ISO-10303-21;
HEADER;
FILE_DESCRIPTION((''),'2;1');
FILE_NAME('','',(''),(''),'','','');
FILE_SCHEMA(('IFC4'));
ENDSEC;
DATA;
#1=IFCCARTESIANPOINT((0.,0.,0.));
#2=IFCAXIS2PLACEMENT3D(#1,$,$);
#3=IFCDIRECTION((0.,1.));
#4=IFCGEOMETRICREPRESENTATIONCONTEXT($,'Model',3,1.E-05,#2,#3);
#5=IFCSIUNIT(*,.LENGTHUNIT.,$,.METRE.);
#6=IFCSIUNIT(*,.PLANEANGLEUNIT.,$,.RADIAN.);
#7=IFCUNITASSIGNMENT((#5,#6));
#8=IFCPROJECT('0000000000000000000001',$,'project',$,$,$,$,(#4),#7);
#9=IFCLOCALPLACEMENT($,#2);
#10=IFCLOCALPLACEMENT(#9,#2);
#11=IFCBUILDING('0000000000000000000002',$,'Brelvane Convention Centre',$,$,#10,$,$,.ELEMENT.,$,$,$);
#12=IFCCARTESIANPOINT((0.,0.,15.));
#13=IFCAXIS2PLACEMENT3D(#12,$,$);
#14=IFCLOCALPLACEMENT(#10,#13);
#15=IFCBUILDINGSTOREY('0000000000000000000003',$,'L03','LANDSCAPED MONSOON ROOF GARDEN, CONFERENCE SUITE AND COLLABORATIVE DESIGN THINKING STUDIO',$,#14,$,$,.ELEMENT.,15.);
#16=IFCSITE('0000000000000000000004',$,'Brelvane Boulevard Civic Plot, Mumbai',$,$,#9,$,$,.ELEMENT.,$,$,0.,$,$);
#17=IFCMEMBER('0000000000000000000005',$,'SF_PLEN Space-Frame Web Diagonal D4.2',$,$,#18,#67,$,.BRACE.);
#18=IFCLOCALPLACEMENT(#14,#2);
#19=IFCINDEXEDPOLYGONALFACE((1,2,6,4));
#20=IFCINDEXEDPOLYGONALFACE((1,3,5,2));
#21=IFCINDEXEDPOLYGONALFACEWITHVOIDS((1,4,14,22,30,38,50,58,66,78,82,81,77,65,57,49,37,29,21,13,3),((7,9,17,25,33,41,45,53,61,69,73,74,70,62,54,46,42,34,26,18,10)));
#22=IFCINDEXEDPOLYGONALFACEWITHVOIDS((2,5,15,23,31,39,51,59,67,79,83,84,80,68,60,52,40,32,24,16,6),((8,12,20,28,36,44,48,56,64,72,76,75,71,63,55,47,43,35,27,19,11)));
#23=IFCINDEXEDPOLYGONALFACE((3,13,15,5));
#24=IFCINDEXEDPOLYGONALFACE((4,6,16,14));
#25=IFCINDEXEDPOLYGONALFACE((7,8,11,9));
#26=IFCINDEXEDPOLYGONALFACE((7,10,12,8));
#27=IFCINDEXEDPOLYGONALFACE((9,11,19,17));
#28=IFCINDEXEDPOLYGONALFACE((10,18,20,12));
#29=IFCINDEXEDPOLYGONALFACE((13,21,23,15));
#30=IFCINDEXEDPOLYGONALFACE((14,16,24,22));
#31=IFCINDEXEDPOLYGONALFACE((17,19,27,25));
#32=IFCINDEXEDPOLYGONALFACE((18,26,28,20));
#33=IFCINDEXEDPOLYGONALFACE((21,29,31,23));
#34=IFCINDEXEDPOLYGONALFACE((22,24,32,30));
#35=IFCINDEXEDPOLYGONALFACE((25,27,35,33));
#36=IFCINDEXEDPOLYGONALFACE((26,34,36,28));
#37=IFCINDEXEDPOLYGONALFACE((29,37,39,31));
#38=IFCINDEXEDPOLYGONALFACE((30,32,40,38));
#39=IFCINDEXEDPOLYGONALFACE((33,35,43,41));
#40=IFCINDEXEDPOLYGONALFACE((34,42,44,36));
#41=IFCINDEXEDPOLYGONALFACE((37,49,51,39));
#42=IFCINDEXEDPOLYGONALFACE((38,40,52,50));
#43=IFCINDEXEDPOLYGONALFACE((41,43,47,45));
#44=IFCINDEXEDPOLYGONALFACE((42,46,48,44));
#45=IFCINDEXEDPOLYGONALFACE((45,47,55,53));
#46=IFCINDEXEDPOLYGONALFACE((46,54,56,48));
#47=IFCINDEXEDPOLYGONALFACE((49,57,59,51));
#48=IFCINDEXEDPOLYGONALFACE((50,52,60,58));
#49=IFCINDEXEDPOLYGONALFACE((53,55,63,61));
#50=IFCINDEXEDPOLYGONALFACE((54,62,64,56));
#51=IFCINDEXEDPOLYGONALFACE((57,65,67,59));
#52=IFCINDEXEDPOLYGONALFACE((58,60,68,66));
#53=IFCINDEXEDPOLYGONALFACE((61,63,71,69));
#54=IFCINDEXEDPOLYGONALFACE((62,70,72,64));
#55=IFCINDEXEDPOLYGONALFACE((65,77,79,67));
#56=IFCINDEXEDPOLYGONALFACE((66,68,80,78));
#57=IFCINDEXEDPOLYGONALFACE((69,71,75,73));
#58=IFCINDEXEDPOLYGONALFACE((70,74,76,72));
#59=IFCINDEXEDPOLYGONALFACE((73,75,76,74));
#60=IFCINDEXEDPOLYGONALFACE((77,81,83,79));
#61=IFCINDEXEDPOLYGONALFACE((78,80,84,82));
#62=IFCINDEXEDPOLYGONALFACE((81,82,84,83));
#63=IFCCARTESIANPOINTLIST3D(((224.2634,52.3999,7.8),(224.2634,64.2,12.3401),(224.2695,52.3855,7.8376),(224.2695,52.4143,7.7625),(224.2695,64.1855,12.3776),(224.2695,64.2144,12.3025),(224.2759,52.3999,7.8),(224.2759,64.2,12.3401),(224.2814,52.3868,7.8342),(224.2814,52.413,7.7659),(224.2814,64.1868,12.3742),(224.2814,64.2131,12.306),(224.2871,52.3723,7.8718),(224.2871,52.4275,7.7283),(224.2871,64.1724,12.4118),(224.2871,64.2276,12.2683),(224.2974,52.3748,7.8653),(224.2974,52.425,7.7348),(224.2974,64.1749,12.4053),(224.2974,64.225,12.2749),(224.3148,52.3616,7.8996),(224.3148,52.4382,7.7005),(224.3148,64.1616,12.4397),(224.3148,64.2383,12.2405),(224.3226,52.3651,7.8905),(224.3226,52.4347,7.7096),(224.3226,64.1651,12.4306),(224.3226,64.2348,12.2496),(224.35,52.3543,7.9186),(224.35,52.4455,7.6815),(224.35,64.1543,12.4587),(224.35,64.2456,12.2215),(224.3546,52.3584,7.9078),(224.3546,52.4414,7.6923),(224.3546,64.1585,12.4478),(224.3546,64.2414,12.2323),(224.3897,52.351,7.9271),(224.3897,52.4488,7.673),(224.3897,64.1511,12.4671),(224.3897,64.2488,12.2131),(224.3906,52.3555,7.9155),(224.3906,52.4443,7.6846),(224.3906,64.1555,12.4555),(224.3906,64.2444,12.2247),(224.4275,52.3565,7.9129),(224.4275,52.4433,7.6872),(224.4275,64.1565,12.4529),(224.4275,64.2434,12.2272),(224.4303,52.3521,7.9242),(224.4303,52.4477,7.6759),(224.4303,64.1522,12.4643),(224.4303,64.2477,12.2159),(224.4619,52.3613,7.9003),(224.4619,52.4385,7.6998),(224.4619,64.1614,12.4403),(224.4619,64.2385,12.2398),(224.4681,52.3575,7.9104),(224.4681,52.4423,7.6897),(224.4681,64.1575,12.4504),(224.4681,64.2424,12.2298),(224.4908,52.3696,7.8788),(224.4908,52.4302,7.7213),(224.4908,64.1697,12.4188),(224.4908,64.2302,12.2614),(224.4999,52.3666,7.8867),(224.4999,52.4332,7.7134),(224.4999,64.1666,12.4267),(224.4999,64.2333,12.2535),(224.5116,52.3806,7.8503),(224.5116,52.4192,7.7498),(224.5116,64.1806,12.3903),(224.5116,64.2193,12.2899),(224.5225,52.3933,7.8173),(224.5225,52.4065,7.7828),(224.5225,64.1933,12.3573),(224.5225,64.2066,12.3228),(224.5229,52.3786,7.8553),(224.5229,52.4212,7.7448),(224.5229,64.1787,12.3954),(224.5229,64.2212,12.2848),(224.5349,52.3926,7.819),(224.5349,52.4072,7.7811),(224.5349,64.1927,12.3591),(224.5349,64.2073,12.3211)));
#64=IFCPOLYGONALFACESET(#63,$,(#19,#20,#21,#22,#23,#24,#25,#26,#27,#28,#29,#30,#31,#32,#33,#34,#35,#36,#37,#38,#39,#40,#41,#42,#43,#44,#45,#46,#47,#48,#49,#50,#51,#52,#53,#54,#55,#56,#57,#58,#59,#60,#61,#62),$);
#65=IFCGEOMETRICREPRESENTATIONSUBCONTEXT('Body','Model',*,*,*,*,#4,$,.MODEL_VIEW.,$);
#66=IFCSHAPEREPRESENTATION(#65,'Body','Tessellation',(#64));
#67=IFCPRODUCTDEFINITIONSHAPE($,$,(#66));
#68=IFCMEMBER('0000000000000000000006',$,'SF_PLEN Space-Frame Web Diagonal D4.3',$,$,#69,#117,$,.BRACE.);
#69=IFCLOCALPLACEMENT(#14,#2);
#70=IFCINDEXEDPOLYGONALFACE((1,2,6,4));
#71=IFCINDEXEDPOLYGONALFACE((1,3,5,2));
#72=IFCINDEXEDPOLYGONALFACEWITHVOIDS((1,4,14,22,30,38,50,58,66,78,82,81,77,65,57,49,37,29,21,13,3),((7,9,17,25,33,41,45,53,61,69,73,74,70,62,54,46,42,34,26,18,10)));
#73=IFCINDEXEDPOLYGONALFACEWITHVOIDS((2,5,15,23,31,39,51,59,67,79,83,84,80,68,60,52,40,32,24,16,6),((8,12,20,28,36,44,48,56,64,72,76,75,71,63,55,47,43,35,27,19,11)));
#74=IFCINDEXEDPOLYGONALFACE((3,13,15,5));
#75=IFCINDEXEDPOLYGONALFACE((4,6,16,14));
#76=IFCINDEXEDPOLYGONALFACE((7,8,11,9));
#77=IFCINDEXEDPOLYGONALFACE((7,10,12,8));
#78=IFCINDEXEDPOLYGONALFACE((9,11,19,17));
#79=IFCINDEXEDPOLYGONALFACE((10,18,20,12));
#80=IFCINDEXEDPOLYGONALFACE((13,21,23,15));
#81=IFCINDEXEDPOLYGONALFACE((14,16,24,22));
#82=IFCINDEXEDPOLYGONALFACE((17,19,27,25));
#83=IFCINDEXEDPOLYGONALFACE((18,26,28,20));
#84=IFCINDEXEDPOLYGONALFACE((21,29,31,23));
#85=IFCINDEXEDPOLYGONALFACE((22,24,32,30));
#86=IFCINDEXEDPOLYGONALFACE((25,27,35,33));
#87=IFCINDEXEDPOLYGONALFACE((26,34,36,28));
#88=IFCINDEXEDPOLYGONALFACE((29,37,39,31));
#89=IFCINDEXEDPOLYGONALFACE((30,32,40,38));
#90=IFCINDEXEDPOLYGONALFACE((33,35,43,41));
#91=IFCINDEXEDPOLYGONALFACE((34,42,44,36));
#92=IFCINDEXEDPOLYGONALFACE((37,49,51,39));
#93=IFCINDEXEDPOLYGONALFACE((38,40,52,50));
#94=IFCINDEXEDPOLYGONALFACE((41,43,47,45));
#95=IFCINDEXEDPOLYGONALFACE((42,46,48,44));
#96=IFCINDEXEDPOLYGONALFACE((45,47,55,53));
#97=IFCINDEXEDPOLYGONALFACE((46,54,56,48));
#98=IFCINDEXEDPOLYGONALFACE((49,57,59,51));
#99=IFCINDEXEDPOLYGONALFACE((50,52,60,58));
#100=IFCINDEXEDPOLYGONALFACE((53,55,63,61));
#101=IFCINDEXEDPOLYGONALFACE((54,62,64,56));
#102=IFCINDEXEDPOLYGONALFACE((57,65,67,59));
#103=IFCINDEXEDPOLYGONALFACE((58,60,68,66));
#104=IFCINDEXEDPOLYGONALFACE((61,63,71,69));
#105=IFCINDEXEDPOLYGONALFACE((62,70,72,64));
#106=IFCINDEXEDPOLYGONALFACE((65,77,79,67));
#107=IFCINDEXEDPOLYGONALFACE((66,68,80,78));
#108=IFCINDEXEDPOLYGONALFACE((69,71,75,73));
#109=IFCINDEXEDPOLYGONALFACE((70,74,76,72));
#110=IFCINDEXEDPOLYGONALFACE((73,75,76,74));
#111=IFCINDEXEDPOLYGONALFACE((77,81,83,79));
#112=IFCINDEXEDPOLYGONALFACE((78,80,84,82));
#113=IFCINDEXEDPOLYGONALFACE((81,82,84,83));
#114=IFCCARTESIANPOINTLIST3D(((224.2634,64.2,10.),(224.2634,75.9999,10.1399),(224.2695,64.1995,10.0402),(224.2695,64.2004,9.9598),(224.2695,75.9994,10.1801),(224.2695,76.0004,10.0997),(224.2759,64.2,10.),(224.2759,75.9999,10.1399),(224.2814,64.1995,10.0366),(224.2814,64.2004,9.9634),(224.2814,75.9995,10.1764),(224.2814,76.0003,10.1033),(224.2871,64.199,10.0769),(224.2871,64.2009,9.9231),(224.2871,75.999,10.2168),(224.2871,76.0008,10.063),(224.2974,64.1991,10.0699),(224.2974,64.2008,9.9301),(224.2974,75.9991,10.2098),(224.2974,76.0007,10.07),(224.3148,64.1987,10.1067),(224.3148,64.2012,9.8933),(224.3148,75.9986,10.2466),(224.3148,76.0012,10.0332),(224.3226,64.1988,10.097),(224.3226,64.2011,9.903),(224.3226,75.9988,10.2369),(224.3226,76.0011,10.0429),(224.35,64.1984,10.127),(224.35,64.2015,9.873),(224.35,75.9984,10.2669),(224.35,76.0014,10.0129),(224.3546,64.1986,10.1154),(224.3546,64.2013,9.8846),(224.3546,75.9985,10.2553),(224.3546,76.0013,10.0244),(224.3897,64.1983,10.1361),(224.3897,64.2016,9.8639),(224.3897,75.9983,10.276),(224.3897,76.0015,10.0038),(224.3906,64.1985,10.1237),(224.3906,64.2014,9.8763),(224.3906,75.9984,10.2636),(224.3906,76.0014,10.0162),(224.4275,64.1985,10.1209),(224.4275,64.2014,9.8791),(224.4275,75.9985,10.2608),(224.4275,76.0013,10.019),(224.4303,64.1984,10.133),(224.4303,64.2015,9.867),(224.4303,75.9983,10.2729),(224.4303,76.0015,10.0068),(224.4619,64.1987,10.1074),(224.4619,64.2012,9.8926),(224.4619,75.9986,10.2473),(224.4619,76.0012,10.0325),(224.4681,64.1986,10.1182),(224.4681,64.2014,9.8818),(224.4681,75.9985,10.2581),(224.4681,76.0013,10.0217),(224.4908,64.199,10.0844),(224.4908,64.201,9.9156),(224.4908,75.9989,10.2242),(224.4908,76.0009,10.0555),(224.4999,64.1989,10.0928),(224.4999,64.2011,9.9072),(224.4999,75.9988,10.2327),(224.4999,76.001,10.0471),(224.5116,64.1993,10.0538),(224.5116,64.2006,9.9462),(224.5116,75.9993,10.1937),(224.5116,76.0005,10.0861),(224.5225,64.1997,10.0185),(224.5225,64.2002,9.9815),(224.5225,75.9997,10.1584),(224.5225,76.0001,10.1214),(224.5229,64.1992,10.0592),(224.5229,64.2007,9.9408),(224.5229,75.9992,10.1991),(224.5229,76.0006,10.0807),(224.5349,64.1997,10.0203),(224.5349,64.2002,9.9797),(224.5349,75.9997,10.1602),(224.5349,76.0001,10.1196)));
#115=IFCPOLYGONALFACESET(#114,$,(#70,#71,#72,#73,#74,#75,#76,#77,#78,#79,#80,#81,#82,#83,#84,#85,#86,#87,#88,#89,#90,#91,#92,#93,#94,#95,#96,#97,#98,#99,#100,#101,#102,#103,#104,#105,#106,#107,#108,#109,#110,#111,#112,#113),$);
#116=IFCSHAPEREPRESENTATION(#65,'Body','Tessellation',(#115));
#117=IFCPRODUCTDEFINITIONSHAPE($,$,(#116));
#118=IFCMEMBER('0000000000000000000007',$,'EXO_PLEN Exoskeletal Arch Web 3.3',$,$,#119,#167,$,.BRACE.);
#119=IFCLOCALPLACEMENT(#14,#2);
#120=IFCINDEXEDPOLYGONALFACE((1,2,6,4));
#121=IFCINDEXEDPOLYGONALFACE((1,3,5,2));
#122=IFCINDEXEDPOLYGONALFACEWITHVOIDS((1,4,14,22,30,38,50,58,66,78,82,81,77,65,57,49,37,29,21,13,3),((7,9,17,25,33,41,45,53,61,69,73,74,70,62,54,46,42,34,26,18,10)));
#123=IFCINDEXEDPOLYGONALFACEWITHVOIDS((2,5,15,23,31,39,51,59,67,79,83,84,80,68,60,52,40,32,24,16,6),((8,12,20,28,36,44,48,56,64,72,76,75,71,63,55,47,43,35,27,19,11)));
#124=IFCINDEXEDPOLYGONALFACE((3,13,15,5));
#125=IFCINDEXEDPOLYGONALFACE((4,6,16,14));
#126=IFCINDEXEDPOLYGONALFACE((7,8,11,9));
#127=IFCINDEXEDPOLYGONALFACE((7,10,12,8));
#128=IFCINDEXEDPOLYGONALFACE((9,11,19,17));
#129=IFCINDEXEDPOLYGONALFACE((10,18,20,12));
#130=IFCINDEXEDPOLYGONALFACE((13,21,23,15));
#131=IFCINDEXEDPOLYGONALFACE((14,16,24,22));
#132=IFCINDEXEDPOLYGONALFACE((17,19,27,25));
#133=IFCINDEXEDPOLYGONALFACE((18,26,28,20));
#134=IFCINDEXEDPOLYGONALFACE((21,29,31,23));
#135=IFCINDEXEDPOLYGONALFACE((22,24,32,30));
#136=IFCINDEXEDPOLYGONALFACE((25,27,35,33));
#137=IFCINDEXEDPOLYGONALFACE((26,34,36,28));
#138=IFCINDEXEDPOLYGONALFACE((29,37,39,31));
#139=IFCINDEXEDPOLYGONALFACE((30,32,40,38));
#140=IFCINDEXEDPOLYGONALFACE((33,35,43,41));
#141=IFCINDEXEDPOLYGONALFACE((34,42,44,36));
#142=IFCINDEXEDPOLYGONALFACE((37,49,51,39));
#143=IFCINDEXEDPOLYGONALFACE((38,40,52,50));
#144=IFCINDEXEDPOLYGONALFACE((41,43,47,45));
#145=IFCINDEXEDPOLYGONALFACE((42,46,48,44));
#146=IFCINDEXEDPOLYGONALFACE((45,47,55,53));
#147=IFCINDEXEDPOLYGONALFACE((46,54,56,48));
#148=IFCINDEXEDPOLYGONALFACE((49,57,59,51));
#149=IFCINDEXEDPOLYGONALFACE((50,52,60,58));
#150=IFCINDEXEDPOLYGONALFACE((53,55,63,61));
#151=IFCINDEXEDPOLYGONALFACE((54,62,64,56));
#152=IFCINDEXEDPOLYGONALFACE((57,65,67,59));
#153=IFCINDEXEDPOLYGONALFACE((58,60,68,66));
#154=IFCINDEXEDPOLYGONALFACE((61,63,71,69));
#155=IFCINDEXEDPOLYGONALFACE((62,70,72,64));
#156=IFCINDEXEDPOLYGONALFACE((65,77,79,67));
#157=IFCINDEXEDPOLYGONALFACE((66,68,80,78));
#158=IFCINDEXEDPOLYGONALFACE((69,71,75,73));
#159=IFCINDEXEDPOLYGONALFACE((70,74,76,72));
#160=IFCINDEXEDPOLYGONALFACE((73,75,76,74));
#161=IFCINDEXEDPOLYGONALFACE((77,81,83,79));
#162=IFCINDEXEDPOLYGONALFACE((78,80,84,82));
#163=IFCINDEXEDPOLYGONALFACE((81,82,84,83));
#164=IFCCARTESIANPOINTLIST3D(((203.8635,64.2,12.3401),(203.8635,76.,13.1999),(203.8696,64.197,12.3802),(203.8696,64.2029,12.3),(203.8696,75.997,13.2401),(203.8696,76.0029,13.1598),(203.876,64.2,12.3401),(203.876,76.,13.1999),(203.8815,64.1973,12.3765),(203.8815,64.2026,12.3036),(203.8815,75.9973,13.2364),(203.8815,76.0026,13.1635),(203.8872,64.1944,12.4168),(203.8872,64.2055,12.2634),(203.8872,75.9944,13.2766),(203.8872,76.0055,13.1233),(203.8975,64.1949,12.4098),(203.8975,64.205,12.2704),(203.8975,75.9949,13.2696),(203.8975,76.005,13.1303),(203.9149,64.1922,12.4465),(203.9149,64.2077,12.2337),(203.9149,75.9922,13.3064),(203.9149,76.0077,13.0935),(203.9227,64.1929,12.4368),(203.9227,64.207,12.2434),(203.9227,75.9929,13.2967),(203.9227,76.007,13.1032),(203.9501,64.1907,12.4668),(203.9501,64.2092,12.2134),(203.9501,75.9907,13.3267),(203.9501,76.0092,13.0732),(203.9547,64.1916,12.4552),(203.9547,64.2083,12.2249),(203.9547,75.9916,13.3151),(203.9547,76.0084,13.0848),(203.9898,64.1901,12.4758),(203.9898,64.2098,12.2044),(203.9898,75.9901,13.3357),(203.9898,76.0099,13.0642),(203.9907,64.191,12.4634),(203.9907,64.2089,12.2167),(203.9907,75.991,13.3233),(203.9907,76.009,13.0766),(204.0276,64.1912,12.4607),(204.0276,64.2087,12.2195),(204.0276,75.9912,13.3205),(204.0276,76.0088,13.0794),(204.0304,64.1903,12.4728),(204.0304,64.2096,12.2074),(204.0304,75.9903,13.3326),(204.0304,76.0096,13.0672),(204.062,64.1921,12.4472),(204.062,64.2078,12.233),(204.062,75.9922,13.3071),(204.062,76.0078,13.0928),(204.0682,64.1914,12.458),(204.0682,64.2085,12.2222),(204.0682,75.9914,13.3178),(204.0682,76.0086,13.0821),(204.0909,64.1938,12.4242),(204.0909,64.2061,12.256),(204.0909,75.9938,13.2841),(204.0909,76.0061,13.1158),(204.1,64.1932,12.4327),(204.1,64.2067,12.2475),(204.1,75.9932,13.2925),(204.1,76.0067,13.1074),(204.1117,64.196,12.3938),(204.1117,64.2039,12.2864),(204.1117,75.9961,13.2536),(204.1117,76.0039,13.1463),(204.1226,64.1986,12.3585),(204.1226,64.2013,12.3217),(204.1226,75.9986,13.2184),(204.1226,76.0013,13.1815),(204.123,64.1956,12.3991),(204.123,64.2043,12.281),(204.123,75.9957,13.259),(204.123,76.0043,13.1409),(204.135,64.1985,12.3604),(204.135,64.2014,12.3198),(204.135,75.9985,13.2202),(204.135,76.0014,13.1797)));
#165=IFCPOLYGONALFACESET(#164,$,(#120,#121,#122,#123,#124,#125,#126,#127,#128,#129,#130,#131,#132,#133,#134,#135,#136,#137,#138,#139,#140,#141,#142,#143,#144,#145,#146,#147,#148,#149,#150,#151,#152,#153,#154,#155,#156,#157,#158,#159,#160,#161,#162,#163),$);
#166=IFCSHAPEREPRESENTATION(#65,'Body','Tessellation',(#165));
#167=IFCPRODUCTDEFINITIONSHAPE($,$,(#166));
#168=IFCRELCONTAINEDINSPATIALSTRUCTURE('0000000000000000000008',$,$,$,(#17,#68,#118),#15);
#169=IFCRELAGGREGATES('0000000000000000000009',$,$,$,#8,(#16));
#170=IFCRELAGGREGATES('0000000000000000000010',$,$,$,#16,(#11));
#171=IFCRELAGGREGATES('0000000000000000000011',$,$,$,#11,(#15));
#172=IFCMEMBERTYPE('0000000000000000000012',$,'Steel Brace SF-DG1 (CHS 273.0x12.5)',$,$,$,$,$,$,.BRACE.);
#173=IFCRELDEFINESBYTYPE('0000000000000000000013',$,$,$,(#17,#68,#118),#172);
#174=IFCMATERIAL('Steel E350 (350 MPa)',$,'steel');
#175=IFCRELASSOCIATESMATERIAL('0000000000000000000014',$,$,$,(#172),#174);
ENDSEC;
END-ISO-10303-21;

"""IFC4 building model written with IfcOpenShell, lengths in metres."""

from ifc_helpers import new_model, si_unit, direction, frame, origin, origin_2d, place, context, subcontext, project, spatial, hollow_circle, extrude, material, material_profile, profile_set, type_object, element, save


model = new_model("IFC4")

# Units and contexts
model_context = context("Model", 3, precision=1e-05, world=origin(), true_north=direction((0.0, 1.0)))
body_context = subcontext(model_context, "Body", "Model", "MODEL_VIEW")
ifc_project = project(units=[si_unit("LENGTHUNIT", "METRE"), si_unit("PLANEANGLEUNIT", "RADIAN")], contexts=[model_context])

# Site, building, storey
site_placement = place(None, origin())
site = spatial("IfcSite", under=ifc_project, at=site_placement, Name="Brelvane Boulevard Civic Plot, Mumbai", CompositionType="ELEMENT", RefElevation=0.0)
building_placement = place(site_placement, origin())
building = spatial("IfcBuilding", under=site, at=building_placement, Name="Brelvane Convention Centre", CompositionType="ELEMENT")
storey_placement = place(building_placement, frame((0.0, 0.0, 15.0)))
storey = spatial("IfcBuildingStorey", under=building, at=storey_placement, Name="L03", Description="LANDSCAPED MONSOON ROOF GARDEN, CONFERENCE SUITE AND COLLABORATIVE DESIGN THINKING STUDIO", CompositionType="ELEMENT", Elevation=15.0)

# Members
ifc_material_1 = material(Name="Steel E350 (350 MPa)", Category="steel")
ifc_material_profile_1 = material_profile(ifc_material_1, hollow_circle(Radius=0.1365, WallThickness=0.0125, at=origin_2d()), Name="CHS 273.0x12.5")
ifc_profile_set_1 = profile_set([ifc_material_profile_1], Name="Steel E350 (350 MPa)")
member_type_1 = type_object("IfcMemberType", Name="Steel Brace SF-DG1 (CHS 273.0x12.5)", PredefinedType="BRACE", material=ifc_profile_set_1)
member_1_placement = place(storey_placement, frame((224.3999, 52.3999, 7.8), z_axis=(0.0, 0.933304, 0.359086), x_axis=(-1.0, 0.0, 0.0)))
element("IfcMember", 1, at=member_1_placement, inside=storey, type_object=member_type_1, Name="SF_PLEN Space-Frame Web Diagonal D4.2", PredefinedType="BRACE", context=body_context, shape_type="SweptSolid", body=[
    extrude(hollow_circle(Radius=0.1365, WallThickness=0.0125, at=origin_2d()), origin(), (0.0, 0.0, 1.0), 12.6433),
])
member_2_placement = place(storey_placement, frame((224.3999, 64.2, 10.0), z_axis=(0.0, 0.99993, 0.011854), x_axis=(-1.0, 0.0, 0.0)))
element("IfcMember", 2, at=member_2_placement, inside=storey, type_object=member_type_1, Name="SF_PLEN Space-Frame Web Diagonal D4.3", PredefinedType="BRACE", context=body_context, shape_type="SweptSolid", body=[
    extrude(hollow_circle(Radius=0.1365, WallThickness=0.0125, at=origin_2d()), origin(), (0.0, 0.0, 1.0), 11.8008),
])
member_3_placement = place(storey_placement, frame((204.0, 64.2, 12.3401), z_axis=(0.0, 0.997356, 0.072677), x_axis=(-1.0, 0.0, 0.0)))
element("IfcMember", 3, at=member_3_placement, inside=storey, type_object=member_type_1, Name="EXO_PLEN Exoskeletal Arch Web 3.3", PredefinedType="BRACE", context=body_context, shape_type="SweptSolid", body=[
    extrude(hollow_circle(Radius=0.1365, WallThickness=0.0125, at=origin_2d()), origin(), (0.0, 0.0, 1.0), 11.8313),
])

save(model, "model.ifc")
